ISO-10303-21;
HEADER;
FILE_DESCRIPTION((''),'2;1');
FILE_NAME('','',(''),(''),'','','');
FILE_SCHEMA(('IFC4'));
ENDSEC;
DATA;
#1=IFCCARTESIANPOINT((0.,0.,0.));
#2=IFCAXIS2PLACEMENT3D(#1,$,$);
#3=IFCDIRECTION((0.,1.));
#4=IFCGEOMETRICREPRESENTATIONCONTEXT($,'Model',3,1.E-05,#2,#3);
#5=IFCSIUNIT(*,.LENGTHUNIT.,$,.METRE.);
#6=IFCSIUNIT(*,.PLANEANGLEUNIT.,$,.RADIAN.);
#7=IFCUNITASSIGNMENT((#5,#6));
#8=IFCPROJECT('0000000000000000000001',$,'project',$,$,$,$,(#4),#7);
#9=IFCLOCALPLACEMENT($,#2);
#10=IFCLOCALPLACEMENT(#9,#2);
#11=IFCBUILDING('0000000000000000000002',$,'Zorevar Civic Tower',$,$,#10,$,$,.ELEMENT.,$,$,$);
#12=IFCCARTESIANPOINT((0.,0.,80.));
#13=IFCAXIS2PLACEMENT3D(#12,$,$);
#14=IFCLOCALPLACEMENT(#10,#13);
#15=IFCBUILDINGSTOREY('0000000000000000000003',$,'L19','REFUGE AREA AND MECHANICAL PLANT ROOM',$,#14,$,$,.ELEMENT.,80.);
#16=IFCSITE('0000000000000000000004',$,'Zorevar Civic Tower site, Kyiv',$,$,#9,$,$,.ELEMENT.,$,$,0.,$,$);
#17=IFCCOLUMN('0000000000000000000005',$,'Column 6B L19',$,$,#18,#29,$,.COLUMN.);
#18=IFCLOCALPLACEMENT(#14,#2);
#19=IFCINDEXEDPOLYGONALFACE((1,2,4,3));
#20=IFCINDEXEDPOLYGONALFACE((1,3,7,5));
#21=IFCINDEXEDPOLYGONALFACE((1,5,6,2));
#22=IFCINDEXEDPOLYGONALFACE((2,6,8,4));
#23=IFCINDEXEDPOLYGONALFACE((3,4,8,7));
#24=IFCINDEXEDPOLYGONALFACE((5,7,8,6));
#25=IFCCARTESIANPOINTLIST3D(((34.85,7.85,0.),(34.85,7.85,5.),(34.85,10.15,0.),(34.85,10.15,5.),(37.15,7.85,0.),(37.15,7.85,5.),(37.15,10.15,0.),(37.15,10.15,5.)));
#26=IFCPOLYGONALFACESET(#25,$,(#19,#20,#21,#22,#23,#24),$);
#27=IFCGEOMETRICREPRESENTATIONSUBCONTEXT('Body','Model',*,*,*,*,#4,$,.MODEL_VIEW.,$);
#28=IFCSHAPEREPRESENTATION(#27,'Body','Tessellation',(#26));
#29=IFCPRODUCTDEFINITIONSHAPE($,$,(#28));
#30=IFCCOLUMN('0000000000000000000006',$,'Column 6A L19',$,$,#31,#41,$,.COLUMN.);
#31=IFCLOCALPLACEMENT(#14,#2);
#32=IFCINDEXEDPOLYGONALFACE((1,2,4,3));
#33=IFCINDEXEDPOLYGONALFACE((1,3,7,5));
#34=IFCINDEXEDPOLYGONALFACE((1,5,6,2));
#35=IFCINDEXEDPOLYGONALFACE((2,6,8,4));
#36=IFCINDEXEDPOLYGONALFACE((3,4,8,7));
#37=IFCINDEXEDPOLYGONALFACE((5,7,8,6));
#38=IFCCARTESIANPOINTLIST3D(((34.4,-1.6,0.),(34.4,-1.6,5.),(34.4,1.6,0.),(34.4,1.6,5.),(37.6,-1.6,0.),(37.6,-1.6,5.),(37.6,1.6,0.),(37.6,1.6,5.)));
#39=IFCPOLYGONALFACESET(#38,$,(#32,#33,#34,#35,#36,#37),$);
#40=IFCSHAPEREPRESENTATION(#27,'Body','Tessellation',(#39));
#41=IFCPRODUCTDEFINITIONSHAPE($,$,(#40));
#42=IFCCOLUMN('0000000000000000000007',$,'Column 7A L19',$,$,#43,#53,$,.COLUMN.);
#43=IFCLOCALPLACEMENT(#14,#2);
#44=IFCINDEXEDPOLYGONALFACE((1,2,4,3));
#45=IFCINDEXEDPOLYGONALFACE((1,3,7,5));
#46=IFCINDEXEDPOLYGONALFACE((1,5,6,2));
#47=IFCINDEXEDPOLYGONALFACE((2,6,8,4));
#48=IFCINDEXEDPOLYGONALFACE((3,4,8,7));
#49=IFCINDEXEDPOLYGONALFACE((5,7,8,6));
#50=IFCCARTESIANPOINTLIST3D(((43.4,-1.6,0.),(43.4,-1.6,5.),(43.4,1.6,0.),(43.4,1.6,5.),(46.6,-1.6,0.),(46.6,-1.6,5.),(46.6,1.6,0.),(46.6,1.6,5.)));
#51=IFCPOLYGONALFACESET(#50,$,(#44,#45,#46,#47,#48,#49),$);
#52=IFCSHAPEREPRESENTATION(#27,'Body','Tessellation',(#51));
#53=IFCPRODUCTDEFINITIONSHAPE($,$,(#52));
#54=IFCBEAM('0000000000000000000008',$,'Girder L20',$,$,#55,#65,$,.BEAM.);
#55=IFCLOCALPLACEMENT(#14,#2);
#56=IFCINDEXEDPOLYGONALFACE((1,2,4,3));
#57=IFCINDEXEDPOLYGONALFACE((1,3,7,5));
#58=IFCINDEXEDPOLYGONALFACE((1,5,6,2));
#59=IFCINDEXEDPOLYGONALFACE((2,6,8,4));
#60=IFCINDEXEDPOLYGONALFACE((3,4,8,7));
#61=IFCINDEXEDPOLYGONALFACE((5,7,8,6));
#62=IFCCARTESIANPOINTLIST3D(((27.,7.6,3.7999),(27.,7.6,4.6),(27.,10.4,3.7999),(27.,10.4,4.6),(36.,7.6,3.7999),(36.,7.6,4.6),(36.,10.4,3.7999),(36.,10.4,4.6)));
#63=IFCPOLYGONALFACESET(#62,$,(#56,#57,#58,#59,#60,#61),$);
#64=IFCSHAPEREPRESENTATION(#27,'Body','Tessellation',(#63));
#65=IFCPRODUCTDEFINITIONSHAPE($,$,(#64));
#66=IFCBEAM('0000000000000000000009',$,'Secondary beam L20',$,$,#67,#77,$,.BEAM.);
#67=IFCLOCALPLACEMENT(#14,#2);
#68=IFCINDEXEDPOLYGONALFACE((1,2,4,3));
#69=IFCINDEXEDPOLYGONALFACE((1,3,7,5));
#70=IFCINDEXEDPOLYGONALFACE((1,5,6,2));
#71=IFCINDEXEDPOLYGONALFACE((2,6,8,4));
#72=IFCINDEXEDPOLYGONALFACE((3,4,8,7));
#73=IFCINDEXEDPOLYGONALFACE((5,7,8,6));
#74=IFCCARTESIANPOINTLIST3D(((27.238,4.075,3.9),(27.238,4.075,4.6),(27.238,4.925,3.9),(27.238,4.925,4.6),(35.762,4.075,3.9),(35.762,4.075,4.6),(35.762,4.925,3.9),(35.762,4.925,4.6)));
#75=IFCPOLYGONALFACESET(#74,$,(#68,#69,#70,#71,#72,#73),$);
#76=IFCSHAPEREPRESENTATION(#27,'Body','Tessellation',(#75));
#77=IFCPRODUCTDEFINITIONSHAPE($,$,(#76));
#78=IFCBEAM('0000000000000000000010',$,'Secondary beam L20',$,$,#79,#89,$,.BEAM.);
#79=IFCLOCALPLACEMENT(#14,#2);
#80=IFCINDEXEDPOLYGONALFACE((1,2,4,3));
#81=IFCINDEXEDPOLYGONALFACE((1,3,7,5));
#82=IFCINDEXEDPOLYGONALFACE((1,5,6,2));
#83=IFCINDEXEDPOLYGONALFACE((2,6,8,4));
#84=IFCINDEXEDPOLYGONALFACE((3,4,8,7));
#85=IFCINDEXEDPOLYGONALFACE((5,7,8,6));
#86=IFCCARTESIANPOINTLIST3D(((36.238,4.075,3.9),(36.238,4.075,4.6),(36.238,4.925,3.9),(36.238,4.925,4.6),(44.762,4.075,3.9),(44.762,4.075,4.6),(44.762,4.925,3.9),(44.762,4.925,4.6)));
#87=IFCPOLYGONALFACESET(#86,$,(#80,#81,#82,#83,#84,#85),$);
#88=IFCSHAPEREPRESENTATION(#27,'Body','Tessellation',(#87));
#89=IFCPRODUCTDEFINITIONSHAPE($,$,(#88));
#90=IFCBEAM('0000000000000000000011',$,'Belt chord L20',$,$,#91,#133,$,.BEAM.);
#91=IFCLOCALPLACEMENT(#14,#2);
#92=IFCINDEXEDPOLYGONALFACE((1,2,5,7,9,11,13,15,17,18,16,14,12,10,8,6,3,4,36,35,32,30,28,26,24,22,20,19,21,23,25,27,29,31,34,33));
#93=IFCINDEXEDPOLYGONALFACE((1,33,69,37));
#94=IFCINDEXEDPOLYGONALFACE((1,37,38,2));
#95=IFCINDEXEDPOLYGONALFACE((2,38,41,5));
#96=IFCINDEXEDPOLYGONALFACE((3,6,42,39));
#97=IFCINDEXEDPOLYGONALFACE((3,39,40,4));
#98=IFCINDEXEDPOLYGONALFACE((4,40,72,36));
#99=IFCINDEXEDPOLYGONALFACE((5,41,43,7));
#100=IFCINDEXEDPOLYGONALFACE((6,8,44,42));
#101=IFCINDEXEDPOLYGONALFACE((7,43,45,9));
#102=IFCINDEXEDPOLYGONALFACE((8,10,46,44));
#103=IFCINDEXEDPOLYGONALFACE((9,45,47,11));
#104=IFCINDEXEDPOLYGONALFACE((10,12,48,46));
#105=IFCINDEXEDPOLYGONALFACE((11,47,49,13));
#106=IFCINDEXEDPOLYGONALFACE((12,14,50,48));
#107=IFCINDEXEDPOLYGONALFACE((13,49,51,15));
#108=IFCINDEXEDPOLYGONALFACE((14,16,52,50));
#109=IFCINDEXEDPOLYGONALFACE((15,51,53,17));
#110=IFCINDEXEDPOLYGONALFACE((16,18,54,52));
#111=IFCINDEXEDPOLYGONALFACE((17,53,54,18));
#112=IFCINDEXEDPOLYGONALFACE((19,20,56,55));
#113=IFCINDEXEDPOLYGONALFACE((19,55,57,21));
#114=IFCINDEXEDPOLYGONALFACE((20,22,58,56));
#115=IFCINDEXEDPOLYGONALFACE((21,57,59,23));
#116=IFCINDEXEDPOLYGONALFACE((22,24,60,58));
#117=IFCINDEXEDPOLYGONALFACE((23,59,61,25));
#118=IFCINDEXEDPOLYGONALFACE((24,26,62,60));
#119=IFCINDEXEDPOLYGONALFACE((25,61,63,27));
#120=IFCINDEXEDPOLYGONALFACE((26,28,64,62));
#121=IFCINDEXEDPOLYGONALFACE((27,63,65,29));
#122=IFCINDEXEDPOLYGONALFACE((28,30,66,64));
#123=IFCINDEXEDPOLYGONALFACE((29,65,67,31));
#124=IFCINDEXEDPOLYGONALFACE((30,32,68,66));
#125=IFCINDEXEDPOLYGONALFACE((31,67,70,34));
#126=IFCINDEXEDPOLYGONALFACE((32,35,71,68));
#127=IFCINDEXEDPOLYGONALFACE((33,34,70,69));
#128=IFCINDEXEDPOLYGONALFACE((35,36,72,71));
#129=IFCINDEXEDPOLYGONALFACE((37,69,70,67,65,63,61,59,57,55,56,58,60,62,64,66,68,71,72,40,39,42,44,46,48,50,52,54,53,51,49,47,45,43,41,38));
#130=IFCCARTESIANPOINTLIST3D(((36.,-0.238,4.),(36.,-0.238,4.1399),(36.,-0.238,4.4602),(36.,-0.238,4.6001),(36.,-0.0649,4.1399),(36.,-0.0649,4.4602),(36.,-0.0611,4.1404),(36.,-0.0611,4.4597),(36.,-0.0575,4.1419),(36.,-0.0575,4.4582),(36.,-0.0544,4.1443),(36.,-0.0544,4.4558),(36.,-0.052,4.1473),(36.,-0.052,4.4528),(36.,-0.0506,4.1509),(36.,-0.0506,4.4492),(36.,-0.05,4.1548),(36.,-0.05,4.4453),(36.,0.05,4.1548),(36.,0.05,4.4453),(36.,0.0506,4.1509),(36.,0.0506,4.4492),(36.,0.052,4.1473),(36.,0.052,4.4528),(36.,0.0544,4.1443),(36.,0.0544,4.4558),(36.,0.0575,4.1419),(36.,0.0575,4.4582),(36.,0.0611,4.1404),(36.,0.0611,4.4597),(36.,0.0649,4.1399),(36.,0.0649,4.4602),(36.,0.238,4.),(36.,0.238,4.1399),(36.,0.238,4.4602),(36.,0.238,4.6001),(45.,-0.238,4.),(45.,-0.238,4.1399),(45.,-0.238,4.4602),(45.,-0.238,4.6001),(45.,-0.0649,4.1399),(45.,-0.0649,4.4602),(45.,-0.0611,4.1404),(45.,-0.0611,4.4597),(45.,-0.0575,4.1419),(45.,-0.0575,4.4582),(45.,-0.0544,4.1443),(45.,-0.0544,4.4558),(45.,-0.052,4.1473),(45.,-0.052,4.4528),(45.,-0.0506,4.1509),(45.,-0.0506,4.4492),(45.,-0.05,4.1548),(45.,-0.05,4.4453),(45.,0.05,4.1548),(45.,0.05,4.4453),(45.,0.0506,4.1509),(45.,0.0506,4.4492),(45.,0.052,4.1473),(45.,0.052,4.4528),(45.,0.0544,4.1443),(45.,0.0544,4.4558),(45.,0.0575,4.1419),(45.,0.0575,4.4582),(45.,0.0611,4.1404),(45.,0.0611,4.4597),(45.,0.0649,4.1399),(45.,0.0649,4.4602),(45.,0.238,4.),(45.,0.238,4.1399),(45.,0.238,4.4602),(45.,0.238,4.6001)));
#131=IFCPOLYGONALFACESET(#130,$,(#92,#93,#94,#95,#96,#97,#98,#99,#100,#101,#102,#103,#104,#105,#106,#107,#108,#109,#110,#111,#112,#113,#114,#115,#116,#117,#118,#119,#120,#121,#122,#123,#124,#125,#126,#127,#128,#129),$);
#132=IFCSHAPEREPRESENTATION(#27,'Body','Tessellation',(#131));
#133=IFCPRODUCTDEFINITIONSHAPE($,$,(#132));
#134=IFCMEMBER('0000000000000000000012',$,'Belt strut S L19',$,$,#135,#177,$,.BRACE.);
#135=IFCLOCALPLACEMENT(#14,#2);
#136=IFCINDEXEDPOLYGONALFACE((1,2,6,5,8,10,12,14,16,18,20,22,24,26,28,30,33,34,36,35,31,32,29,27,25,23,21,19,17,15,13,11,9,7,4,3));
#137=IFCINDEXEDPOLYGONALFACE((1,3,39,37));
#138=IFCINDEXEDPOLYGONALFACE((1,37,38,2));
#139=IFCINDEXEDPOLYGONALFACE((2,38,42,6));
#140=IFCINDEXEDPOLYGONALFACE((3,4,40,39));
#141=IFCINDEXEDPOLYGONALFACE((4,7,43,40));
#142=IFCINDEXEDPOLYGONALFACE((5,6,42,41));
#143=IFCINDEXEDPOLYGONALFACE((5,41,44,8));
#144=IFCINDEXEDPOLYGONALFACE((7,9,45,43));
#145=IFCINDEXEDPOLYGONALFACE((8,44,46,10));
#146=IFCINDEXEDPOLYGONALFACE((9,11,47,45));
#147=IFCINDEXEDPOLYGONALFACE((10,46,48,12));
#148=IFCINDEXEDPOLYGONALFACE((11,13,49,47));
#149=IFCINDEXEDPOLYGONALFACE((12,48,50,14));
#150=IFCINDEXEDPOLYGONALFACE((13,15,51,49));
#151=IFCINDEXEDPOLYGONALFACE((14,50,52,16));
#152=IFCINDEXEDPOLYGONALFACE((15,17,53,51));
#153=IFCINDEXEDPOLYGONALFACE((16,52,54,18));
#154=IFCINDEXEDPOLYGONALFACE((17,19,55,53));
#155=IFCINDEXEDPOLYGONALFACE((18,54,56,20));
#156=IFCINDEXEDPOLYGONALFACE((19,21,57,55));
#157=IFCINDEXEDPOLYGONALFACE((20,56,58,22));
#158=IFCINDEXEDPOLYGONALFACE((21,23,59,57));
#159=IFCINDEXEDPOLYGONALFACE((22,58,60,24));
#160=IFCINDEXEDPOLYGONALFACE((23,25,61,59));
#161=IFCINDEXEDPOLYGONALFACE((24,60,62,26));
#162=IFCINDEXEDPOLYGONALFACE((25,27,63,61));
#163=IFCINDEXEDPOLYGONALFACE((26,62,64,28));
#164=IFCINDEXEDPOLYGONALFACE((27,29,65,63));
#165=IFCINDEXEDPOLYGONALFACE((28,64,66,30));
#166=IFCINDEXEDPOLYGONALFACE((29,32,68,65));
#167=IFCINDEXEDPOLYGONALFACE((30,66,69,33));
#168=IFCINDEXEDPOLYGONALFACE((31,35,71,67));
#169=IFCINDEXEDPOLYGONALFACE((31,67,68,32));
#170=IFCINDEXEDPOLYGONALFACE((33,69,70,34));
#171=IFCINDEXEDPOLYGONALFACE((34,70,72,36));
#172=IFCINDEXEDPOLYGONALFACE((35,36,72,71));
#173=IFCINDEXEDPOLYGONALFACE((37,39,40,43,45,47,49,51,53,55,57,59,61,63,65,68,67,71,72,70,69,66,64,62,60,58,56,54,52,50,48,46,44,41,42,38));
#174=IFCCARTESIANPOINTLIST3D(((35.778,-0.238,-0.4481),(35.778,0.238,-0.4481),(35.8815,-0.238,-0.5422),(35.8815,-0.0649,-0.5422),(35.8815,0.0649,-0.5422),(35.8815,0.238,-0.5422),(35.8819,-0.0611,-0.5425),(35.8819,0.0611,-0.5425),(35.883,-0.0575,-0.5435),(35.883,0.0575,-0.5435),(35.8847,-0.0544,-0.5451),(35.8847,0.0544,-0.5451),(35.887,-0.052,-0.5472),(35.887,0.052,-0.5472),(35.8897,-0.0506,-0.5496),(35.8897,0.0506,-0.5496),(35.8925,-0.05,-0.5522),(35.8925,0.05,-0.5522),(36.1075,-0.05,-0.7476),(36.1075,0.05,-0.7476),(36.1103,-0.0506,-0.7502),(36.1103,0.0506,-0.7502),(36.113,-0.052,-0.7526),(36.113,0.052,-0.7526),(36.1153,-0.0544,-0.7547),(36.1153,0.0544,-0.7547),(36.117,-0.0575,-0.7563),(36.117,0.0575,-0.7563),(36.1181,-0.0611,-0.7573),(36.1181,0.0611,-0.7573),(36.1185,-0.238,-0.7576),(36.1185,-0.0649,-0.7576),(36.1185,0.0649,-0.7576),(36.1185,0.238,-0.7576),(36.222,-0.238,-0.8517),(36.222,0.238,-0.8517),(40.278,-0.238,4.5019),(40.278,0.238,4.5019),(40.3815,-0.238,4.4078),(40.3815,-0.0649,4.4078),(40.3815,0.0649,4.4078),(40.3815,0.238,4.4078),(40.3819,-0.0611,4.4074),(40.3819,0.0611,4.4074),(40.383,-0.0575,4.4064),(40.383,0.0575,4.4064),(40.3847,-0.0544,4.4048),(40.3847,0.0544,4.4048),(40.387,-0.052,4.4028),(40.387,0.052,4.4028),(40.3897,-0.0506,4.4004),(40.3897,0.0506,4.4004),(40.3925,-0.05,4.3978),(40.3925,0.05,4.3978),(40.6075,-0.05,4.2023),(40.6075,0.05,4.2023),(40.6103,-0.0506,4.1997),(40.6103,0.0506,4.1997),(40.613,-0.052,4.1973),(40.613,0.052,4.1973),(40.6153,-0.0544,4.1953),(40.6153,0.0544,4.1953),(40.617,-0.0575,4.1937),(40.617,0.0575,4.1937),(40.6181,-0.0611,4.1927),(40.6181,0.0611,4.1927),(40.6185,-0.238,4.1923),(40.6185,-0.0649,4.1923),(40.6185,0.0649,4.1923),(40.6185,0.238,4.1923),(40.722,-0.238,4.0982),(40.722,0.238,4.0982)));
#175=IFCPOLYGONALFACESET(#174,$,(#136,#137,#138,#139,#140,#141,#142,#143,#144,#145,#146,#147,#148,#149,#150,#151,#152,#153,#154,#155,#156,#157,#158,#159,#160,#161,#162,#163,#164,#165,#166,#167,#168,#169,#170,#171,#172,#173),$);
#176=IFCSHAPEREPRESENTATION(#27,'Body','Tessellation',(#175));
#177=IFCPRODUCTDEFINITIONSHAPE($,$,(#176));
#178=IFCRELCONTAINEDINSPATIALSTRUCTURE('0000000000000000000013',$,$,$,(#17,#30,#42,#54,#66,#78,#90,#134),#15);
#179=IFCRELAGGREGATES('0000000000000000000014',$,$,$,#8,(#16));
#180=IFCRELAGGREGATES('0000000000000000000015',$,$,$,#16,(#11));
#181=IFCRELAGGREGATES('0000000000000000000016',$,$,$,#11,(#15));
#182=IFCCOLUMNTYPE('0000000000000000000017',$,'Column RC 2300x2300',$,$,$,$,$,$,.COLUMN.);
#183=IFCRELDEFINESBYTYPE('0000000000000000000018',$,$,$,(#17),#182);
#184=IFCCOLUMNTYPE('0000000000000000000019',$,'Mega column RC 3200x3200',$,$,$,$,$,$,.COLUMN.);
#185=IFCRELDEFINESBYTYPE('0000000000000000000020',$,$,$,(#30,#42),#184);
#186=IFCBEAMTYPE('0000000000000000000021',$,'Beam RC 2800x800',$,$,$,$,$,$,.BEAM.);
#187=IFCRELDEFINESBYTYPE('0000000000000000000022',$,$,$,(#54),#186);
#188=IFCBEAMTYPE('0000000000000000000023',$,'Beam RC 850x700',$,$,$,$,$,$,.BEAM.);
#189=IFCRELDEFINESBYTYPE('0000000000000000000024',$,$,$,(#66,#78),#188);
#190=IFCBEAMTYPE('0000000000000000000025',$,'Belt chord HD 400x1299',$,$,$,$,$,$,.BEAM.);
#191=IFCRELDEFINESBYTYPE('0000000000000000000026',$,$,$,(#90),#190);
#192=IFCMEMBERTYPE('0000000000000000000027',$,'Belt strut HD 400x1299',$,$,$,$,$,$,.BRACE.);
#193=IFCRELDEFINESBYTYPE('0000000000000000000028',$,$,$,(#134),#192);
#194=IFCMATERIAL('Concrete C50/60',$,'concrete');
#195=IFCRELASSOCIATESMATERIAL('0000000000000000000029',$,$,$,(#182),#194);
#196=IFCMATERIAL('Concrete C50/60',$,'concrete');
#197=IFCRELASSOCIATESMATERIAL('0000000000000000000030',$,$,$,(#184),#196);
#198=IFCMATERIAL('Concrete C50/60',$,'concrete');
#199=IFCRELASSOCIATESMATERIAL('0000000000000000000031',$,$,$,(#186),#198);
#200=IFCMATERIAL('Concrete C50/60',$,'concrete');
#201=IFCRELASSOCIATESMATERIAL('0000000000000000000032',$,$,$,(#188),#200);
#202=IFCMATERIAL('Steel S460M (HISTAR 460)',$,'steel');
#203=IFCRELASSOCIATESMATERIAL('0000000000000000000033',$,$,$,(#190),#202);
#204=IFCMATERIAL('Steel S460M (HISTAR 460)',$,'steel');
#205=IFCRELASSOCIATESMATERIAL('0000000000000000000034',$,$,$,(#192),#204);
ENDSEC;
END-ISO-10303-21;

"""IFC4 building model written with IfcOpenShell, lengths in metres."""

from ifc_helpers import new_model, si_unit, direction, frame, origin, origin_2d, place, context, subcontext, project, spatial, rectangle, i_section, extrude, material, material_profile, profile_set, type_object, element, save


model = new_model("IFC4")

# Units and contexts
model_context = context("Model", 3, precision=1e-05, world=origin(), true_north=direction((0.0, 1.0)))
body_context = subcontext(model_context, "Body", "Model", "MODEL_VIEW")
ifc_project = project(units=[si_unit("LENGTHUNIT", "METRE"), si_unit("PLANEANGLEUNIT", "RADIAN")], contexts=[model_context])

# Site, building, storey
site_placement = place(None, origin())
site = spatial("IfcSite", under=ifc_project, at=site_placement, Name="Zorevar Civic Tower site, Kyiv", CompositionType="ELEMENT", RefElevation=0.0)
building_placement = place(site_placement, origin())
building = spatial("IfcBuilding", under=site, at=building_placement, Name="Zorevar Civic Tower", CompositionType="ELEMENT")
storey_placement = place(building_placement, frame((0.0, 0.0, 80.0)))
storey = spatial("IfcBuildingStorey", under=building, at=storey_placement, Name="L19", Description="REFUGE AREA AND MECHANICAL PLANT ROOM", CompositionType="ELEMENT", Elevation=80.0)

# Columns
ifc_material_1 = material(Name="Concrete C50/60", Category="concrete")
ifc_material_profile_1 = material_profile(ifc_material_1, rectangle(XDim=2.3, YDim=2.3, at=origin_2d()), Name="RC 2300x2300")
ifc_profile_set_1 = profile_set([ifc_material_profile_1], Name="Concrete C50/60")
column_type_1 = type_object("IfcColumnType", Name="Column RC 2300x2300", PredefinedType="COLUMN", material=ifc_profile_set_1)
column_placement = place(storey_placement, frame((36.0, 9.0, 0.0), z_axis=(0.0, 0.0, 1.0), x_axis=(1.0, 0.0, 0.0)))
element("IfcColumn", 1, at=column_placement, inside=storey, type_object=column_type_1, Name="Column 6B L19", PredefinedType="COLUMN", context=body_context, shape_type="SweptSolid", body=[
    extrude(rectangle(XDim=2.3, YDim=2.3, at=origin_2d()), origin(), (0.0, 0.0, 1.0), 5.0),
])
ifc_material_2 = material(Name="Concrete C50/60", Category="concrete")
ifc_material_profile_2 = material_profile(ifc_material_2, rectangle(XDim=3.2, YDim=3.2, at=origin_2d()), Name="RC 3200x3200")
ifc_profile_set_2 = profile_set([ifc_material_profile_2], Name="Concrete C50/60")
column_type_2 = type_object("IfcColumnType", Name="Mega column RC 3200x3200", PredefinedType="COLUMN", material=ifc_profile_set_2)
for number, where, z_axis, x_axis, name in (
    (2, (36.0, 0.0, 0.0), (0.0, 0.0, 1.0), (1.0, 0.0, 0.0), "Column 6A L19"),
    (3, (45.0, 0.0, 0.0), (0.0, 0.0, 1.0), (1.0, 0.0, 0.0), "Column 7A L19"),
):
    element("IfcColumn", number, at=place(storey_placement, frame(where, z_axis=z_axis, x_axis=x_axis)), inside=storey, type_object=column_type_2, Name=name, PredefinedType="COLUMN", context=body_context, shape_type="SweptSolid", body=[
        extrude(rectangle(XDim=3.2, YDim=3.2, at=origin_2d()), origin(), (0.0, 0.0, 1.0), 5.0),
    ])

# Beams
ifc_material_3 = material(Name="Concrete C50/60", Category="concrete")
ifc_material_profile_3 = material_profile(ifc_material_3, rectangle(XDim=2.8, YDim=0.8, at=origin_2d()), Name="RC 2800x800")
ifc_profile_set_3 = profile_set([ifc_material_profile_3], Name="Concrete C50/60")
beam_type_1 = type_object("IfcBeamType", Name="Beam RC 2800x800", PredefinedType="BEAM", material=ifc_profile_set_3)
beam_1_placement = place(storey_placement, frame((27.0, 9.0, 4.2), z_axis=(1.0, 0.0, 0.0), x_axis=(0.0, 1.0, 0.0)))
element("IfcBeam", 4, at=beam_1_placement, inside=storey, type_object=beam_type_1, Name="Girder L20", PredefinedType="BEAM", context=body_context, shape_type="SweptSolid", body=[
    extrude(rectangle(XDim=2.8, YDim=0.8, at=origin_2d()), origin(), (0.0, 0.0, 1.0), 9.0),
])
ifc_material_4 = material(Name="Concrete C50/60", Category="concrete")
ifc_material_profile_4 = material_profile(ifc_material_4, rectangle(XDim=0.8501, YDim=0.7, at=origin_2d()), Name="RC 850x700")
ifc_profile_set_4 = profile_set([ifc_material_profile_4], Name="Concrete C50/60")
beam_type_2 = type_object("IfcBeamType", Name="Beam RC 850x700", PredefinedType="BEAM", material=ifc_profile_set_4)
for number, where, z_axis, x_axis, name in (
    (5, (27.238, 4.5, 4.25), (1.0, 0.0, 0.0), (0.0, 1.0, 0.0), "Secondary beam L20"),
    (6, (36.238, 4.5, 4.25), (1.0, 0.0, 0.0), (0.0, 1.0, 0.0), "Secondary beam L20"),
):
    element("IfcBeam", number, at=place(storey_placement, frame(where, z_axis=z_axis, x_axis=x_axis)), inside=storey, type_object=beam_type_2, Name=name, PredefinedType="BEAM", context=body_context, shape_type="SweptSolid", body=[
        extrude(rectangle(XDim=0.8501, YDim=0.7, at=origin_2d()), origin(), (0.0, 0.0, 1.0), 8.5239),
    ])
ifc_material_5 = material(Name="Steel S460M (HISTAR 460)", Category="steel")
ifc_material_profile_5 = material_profile(ifc_material_5, i_section(OverallWidth=0.4761, OverallDepth=0.6001, WebThickness=0.1001, FlangeThickness=0.1399, FilletRadius=0.0149, at=origin_2d()), Name="HD 400x1299")
ifc_profile_set_5 = profile_set([ifc_material_profile_5], Name="Steel S460M (HISTAR 460)")
beam_type_3 = type_object("IfcBeamType", Name="Belt chord HD 400x1299", PredefinedType="BEAM", material=ifc_profile_set_5)
beam_2_placement = place(storey_placement, frame((36.0, 0.0, 4.3), z_axis=(1.0, 0.0, 0.0), x_axis=(0.0, 1.0, 0.0)))
element("IfcBeam", 7, at=beam_2_placement, inside=storey, type_object=beam_type_3, Name="Belt chord L20", PredefinedType="BEAM", context=body_context, shape_type="SweptSolid", body=[
    extrude(i_section(OverallWidth=0.4761, OverallDepth=0.6001, WebThickness=0.1001, FlangeThickness=0.1399, FilletRadius=0.0149, at=origin_2d()), origin(), (0.0, 0.0, 1.0), 9.0),
])

# Member
ifc_material_6 = material(Name="Steel S460M (HISTAR 460)", Category="steel")
ifc_material_profile_6 = material_profile(ifc_material_6, i_section(OverallWidth=0.4761, OverallDepth=0.6001, WebThickness=0.1001, FlangeThickness=0.1399, FilletRadius=0.0149, at=origin_2d()), Name="HD 400x1299")
ifc_profile_set_6 = profile_set([ifc_material_profile_6], Name="Steel S460M (HISTAR 460)")
member_type_1 = type_object("IfcMemberType", Name="Belt strut HD 400x1299", PredefinedType="BRACE", material=ifc_profile_set_6)
for number, where, z_axis, x_axis, name in (
    (8, (36.0, 0.0, -0.6499), (0.672676, 0.0, 0.739937), (0.0, 1.0, 0.0), "Belt strut S L19"),
):
    element("IfcMember", number, at=place(storey_placement, frame(where, z_axis=z_axis, x_axis=x_axis)), inside=storey, type_object=member_type_1, Name=name, PredefinedType="BRACE", context=body_context, shape_type="SweptSolid", body=[
        extrude(i_section(OverallWidth=0.4761, OverallDepth=0.6001, WebThickness=0.1001, FlangeThickness=0.1399, FilletRadius=0.0149, at=origin_2d()), origin(), (0.0, 0.0, 1.0), 6.6897),
    ])

save(model, "model.ifc")
